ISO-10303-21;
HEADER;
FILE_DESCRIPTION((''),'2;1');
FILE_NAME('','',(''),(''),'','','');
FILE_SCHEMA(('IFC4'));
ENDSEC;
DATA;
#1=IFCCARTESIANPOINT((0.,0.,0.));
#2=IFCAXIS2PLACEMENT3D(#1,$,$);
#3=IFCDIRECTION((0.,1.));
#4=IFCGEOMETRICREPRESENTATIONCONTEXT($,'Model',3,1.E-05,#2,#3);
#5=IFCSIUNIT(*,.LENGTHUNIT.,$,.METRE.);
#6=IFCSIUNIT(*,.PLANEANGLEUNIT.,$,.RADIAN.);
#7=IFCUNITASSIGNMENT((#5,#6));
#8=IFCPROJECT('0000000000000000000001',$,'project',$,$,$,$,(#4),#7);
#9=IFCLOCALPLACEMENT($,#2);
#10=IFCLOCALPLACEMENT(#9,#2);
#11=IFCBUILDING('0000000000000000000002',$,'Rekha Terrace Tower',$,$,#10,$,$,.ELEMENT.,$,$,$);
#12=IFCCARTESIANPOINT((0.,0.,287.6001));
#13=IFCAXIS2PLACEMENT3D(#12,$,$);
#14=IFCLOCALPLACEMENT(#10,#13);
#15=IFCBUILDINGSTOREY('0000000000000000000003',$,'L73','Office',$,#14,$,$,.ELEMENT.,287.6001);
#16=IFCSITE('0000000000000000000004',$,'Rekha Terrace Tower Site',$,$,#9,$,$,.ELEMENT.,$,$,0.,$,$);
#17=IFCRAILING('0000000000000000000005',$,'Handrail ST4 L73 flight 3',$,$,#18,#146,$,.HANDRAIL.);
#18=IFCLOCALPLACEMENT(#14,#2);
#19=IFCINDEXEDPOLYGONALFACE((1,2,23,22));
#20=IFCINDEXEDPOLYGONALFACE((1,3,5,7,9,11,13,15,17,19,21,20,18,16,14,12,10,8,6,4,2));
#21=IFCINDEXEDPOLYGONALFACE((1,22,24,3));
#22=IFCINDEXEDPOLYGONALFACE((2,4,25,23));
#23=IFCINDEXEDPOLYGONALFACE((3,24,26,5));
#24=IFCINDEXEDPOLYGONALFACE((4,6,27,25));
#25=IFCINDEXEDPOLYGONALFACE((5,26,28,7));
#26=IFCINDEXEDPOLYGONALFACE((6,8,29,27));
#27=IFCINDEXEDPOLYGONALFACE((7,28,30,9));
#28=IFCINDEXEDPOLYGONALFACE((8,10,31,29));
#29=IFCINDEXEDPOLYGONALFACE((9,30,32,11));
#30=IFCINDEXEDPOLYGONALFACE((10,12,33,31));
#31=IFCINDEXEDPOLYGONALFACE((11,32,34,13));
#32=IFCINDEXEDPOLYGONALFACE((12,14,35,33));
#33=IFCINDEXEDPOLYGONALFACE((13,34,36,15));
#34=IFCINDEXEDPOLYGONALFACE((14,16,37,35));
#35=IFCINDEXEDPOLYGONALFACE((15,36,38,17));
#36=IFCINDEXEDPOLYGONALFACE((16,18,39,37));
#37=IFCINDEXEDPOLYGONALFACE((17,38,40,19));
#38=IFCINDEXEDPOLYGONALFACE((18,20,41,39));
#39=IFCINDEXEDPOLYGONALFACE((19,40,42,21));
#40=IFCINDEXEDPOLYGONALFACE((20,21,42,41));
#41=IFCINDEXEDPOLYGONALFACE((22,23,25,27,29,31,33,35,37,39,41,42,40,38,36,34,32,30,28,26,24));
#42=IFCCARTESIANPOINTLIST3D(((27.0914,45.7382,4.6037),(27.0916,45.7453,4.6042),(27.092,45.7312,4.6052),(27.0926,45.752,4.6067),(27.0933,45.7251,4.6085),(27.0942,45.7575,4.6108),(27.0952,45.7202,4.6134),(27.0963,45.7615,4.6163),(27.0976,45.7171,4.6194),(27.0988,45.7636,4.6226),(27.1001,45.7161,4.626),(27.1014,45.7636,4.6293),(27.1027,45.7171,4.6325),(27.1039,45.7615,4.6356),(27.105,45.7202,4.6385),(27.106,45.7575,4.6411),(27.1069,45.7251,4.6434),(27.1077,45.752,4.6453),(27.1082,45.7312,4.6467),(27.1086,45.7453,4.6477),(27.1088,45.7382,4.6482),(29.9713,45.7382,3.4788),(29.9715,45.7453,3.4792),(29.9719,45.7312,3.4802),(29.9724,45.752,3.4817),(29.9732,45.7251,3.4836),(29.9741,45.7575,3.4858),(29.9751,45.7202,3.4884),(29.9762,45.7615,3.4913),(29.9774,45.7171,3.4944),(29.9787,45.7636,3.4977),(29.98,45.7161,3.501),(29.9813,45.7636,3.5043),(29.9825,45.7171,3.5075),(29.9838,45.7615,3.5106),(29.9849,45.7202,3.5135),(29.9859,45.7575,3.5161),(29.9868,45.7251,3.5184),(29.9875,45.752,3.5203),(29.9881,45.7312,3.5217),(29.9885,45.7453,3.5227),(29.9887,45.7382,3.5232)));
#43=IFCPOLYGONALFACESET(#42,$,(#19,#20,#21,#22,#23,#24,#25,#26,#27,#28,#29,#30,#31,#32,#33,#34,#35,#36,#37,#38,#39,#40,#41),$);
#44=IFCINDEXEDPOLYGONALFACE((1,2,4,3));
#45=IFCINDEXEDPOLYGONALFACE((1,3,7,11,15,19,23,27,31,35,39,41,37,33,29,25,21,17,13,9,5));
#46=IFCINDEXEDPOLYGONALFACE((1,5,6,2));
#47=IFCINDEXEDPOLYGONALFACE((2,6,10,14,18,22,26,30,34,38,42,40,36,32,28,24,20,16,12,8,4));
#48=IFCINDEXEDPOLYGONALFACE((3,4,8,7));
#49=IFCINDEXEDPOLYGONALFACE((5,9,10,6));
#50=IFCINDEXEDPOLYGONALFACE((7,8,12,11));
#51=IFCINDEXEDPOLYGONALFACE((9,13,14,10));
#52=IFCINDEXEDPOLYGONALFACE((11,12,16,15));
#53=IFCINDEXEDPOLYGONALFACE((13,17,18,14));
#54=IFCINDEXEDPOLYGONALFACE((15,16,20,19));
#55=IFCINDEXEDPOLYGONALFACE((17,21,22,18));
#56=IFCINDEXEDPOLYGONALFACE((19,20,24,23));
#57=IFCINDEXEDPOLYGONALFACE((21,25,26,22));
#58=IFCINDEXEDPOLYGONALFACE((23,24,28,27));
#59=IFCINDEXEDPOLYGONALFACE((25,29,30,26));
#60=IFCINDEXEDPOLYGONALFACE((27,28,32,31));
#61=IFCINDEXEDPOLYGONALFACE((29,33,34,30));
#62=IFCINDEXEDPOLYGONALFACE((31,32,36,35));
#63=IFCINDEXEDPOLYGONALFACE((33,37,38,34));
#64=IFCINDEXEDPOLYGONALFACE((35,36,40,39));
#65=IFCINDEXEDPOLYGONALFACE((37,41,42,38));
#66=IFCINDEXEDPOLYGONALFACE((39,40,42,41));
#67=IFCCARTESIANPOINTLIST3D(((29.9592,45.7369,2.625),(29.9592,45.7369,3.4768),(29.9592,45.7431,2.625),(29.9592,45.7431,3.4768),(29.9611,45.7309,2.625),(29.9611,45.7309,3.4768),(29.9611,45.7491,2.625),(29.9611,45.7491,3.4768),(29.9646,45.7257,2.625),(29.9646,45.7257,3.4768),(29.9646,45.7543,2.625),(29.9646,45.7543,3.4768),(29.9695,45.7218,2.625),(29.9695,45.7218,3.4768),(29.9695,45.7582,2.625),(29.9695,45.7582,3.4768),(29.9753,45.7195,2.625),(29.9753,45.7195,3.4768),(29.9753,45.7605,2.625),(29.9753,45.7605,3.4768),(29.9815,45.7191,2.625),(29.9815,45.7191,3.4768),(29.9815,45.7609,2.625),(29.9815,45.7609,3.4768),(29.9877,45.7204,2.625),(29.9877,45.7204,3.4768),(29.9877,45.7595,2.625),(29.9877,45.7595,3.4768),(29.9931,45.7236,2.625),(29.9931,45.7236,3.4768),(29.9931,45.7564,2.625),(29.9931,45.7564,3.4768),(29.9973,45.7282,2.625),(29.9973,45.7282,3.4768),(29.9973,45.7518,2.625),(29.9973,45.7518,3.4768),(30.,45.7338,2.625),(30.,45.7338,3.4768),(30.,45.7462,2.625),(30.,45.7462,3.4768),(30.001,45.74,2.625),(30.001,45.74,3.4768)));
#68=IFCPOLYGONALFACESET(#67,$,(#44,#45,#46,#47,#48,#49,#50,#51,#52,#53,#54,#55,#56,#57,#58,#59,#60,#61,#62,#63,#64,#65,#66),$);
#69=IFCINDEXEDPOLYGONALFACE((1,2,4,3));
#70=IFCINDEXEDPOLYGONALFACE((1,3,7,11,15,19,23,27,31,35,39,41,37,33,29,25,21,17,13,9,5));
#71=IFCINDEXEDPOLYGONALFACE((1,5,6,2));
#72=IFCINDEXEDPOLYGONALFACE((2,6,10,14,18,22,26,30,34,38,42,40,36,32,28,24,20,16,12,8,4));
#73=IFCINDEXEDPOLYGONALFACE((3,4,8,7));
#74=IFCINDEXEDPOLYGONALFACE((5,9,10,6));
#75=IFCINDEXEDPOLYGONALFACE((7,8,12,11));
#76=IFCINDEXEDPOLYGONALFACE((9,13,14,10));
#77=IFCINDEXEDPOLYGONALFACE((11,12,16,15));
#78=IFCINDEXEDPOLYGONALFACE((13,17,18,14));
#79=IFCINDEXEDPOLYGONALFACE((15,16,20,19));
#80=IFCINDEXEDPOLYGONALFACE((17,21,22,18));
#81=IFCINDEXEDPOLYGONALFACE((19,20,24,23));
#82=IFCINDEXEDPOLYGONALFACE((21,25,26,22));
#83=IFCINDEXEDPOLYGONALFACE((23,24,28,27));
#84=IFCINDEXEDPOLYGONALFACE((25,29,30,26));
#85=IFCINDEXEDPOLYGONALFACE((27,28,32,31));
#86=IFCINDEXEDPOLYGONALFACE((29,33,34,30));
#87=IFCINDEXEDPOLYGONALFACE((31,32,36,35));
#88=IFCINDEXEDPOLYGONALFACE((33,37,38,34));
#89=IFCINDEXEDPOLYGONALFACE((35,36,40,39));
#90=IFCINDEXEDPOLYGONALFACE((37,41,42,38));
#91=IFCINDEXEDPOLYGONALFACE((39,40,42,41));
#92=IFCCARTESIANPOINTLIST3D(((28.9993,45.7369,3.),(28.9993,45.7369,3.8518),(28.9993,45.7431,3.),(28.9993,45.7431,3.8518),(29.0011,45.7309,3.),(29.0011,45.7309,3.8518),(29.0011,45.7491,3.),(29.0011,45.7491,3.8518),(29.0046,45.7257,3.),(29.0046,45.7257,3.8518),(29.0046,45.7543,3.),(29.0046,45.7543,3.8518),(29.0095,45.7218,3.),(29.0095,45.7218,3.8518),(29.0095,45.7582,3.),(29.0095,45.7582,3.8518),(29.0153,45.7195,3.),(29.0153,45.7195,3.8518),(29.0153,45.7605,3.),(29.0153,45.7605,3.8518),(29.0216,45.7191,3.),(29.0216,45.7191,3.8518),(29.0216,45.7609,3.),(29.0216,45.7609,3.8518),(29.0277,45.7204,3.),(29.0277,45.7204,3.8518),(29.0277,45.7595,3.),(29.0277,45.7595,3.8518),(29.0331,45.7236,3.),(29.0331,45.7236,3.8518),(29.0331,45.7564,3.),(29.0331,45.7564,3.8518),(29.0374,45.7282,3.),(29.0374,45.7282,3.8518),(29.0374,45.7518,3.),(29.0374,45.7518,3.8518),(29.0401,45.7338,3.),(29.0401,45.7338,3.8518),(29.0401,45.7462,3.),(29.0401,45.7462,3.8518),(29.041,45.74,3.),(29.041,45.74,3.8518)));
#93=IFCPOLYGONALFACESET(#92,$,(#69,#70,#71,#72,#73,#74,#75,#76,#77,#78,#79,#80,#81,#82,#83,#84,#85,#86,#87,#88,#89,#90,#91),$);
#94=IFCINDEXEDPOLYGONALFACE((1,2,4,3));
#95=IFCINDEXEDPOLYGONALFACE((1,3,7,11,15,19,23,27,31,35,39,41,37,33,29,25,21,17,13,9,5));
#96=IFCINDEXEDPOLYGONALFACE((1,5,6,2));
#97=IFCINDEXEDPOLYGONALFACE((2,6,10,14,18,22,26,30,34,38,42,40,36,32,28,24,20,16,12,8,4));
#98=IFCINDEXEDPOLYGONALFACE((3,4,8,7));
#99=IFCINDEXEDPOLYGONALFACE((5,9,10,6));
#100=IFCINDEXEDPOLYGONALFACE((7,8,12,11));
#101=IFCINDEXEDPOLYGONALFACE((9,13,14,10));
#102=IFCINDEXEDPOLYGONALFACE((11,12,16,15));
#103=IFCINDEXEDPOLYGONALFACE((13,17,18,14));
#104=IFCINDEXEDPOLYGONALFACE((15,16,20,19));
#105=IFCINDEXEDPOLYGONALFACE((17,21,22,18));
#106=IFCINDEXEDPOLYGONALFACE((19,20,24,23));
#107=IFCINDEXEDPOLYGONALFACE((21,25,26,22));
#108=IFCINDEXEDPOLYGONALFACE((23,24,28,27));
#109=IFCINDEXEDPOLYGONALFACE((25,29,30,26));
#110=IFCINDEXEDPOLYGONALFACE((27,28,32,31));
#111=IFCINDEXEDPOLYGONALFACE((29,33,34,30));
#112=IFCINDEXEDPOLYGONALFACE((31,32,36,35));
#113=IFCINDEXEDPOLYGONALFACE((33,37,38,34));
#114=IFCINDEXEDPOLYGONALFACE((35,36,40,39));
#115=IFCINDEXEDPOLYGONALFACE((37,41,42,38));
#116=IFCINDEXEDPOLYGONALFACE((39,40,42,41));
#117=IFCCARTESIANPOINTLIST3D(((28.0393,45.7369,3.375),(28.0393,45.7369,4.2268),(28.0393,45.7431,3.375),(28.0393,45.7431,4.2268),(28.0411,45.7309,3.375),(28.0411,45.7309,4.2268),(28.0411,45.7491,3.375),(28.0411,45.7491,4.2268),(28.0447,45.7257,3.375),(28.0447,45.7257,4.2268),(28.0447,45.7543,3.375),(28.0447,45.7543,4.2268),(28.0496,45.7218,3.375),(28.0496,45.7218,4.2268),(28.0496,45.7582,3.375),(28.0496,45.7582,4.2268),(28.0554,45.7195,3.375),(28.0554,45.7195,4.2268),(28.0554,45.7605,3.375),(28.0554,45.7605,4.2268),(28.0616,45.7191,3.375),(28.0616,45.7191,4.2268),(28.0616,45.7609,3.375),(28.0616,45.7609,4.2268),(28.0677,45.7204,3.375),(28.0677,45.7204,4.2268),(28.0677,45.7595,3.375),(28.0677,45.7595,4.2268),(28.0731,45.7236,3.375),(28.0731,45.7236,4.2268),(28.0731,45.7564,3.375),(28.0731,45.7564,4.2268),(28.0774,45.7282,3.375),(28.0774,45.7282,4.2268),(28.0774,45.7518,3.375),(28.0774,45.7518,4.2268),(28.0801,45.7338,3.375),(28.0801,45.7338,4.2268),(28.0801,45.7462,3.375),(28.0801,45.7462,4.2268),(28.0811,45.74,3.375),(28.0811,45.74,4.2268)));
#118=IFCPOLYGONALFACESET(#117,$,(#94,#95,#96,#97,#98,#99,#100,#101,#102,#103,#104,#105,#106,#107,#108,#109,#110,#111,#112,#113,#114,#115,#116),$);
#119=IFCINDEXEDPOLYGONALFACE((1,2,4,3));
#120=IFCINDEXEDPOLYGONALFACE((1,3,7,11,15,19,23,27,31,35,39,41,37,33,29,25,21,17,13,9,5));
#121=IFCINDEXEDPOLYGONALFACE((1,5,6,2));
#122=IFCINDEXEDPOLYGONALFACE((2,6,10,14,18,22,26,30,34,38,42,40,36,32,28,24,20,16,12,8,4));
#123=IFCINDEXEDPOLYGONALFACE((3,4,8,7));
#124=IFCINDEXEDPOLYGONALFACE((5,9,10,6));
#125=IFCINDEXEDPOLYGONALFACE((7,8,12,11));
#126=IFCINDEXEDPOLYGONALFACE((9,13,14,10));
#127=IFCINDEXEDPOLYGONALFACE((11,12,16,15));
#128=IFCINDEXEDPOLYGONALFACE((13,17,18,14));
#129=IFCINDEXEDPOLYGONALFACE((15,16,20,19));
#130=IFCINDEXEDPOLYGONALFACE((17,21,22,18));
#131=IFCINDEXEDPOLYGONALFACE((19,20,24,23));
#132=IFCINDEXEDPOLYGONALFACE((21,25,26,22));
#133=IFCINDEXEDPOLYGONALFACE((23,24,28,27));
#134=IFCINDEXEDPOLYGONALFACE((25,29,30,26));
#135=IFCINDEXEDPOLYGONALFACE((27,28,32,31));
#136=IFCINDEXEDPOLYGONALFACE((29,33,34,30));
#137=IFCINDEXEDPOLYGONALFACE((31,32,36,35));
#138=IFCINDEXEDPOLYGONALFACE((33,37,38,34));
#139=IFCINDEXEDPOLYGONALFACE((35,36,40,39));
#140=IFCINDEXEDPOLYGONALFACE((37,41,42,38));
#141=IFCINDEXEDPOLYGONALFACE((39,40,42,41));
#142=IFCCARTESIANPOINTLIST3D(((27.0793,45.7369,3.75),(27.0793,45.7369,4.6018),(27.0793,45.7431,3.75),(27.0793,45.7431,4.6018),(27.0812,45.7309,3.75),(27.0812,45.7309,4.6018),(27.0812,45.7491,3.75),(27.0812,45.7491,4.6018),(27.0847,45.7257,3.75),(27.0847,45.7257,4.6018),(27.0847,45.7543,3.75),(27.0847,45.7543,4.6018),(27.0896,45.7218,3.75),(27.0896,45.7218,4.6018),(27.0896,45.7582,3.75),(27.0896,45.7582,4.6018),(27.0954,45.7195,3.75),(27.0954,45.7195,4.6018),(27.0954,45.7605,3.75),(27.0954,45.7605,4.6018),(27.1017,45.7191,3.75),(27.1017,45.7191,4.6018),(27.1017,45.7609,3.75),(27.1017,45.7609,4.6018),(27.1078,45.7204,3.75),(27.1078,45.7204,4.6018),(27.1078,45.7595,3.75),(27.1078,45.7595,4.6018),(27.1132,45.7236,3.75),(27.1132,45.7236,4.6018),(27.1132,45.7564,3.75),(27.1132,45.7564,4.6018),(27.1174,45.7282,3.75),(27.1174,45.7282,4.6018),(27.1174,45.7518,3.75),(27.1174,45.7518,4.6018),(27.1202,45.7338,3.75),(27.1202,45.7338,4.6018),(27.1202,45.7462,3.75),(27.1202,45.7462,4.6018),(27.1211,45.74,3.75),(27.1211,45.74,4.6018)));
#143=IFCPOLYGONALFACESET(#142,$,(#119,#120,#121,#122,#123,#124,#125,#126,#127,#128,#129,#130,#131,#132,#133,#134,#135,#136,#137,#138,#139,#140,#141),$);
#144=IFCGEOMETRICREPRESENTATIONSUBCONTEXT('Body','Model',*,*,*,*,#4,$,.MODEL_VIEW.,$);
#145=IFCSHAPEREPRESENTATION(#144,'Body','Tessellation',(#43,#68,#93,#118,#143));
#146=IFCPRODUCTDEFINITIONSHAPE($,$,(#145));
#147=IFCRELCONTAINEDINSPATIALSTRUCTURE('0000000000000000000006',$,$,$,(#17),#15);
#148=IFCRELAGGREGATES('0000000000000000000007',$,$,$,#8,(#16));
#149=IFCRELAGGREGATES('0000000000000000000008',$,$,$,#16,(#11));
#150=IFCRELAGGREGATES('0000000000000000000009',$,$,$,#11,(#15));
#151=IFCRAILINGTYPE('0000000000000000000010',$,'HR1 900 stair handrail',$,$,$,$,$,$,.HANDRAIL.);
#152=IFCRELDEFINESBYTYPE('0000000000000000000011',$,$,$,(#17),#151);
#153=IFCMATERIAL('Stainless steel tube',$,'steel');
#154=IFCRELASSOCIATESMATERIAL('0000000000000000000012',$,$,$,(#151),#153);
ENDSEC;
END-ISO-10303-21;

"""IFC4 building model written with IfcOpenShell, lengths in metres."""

from ifc_helpers import new_model, si_unit, direction, frame, origin, origin_2d, place, context, subcontext, project, spatial, circle, extrude, material, type_object, element, save


model = new_model("IFC4")

# Units and contexts
model_context = context("Model", 3, precision=1e-05, world=origin(), true_north=direction((0.0, 1.0)))
body_context = subcontext(model_context, "Body", "Model", "MODEL_VIEW")
ifc_project = project(units=[si_unit("LENGTHUNIT", "METRE"), si_unit("PLANEANGLEUNIT", "RADIAN")], contexts=[model_context])

# Site, building, storey
site_placement = place(None, origin())
site = spatial("IfcSite", under=ifc_project, at=site_placement, Name="Rekha Terrace Tower Site", CompositionType="ELEMENT", RefElevation=0.0)
building_placement = place(site_placement, origin())
building = spatial("IfcBuilding", under=site, at=building_placement, Name="Rekha Terrace Tower", CompositionType="ELEMENT")
storey_placement = place(building_placement, frame((0.0, 0.0, 287.6001)))
storey = spatial("IfcBuildingStorey", under=building, at=storey_placement, Name="L73", Description="Office", CompositionType="ELEMENT", Elevation=287.6001)

# Railing
ifc_material_1 = material(Name="Stainless steel tube", Category="steel")
railing_type_1 = type_object("IfcRailingType", Name="HR1 900 stair handrail", PredefinedType="HANDRAIL", material=ifc_material_1)
railing_1_placement = place(storey_placement, frame((29.98, 45.74, 2.625)))
element("IfcRailing", 1, at=railing_1_placement, inside=storey, type_object=railing_type_1, Name="Handrail ST4 L73 flight 3", PredefinedType="HANDRAIL", context=body_context, shape_type="SweptSolid", body=[
    extrude(circle(Radius=0.0239, at=origin_2d()), frame((0.0, 0.0, 0.876), z_axis=(-0.931452, 0.0, 0.363863), x_axis=(0.0, -1.0, 0.0)), (0.0, 0.0, 1.0), 3.0918),
    extrude(circle(Radius=0.021, at=origin_2d()), origin(), (0.0, 0.0, 1.0), 0.8518),
    extrude(circle(Radius=0.021, at=origin_2d()), frame((-0.96, 0.0, 0.375)), (0.0, 0.0, 1.0), 0.8518),
    extrude(circle(Radius=0.021, at=origin_2d()), frame((-1.9199, 0.0, 0.75)), (0.0, 0.0, 1.0), 0.8518),
    extrude(circle(Radius=0.021, at=origin_2d()), frame((-2.8799, 0.0, 1.125)), (0.0, 0.0, 1.0), 0.8518),
])

save(model, "model.ifc")
